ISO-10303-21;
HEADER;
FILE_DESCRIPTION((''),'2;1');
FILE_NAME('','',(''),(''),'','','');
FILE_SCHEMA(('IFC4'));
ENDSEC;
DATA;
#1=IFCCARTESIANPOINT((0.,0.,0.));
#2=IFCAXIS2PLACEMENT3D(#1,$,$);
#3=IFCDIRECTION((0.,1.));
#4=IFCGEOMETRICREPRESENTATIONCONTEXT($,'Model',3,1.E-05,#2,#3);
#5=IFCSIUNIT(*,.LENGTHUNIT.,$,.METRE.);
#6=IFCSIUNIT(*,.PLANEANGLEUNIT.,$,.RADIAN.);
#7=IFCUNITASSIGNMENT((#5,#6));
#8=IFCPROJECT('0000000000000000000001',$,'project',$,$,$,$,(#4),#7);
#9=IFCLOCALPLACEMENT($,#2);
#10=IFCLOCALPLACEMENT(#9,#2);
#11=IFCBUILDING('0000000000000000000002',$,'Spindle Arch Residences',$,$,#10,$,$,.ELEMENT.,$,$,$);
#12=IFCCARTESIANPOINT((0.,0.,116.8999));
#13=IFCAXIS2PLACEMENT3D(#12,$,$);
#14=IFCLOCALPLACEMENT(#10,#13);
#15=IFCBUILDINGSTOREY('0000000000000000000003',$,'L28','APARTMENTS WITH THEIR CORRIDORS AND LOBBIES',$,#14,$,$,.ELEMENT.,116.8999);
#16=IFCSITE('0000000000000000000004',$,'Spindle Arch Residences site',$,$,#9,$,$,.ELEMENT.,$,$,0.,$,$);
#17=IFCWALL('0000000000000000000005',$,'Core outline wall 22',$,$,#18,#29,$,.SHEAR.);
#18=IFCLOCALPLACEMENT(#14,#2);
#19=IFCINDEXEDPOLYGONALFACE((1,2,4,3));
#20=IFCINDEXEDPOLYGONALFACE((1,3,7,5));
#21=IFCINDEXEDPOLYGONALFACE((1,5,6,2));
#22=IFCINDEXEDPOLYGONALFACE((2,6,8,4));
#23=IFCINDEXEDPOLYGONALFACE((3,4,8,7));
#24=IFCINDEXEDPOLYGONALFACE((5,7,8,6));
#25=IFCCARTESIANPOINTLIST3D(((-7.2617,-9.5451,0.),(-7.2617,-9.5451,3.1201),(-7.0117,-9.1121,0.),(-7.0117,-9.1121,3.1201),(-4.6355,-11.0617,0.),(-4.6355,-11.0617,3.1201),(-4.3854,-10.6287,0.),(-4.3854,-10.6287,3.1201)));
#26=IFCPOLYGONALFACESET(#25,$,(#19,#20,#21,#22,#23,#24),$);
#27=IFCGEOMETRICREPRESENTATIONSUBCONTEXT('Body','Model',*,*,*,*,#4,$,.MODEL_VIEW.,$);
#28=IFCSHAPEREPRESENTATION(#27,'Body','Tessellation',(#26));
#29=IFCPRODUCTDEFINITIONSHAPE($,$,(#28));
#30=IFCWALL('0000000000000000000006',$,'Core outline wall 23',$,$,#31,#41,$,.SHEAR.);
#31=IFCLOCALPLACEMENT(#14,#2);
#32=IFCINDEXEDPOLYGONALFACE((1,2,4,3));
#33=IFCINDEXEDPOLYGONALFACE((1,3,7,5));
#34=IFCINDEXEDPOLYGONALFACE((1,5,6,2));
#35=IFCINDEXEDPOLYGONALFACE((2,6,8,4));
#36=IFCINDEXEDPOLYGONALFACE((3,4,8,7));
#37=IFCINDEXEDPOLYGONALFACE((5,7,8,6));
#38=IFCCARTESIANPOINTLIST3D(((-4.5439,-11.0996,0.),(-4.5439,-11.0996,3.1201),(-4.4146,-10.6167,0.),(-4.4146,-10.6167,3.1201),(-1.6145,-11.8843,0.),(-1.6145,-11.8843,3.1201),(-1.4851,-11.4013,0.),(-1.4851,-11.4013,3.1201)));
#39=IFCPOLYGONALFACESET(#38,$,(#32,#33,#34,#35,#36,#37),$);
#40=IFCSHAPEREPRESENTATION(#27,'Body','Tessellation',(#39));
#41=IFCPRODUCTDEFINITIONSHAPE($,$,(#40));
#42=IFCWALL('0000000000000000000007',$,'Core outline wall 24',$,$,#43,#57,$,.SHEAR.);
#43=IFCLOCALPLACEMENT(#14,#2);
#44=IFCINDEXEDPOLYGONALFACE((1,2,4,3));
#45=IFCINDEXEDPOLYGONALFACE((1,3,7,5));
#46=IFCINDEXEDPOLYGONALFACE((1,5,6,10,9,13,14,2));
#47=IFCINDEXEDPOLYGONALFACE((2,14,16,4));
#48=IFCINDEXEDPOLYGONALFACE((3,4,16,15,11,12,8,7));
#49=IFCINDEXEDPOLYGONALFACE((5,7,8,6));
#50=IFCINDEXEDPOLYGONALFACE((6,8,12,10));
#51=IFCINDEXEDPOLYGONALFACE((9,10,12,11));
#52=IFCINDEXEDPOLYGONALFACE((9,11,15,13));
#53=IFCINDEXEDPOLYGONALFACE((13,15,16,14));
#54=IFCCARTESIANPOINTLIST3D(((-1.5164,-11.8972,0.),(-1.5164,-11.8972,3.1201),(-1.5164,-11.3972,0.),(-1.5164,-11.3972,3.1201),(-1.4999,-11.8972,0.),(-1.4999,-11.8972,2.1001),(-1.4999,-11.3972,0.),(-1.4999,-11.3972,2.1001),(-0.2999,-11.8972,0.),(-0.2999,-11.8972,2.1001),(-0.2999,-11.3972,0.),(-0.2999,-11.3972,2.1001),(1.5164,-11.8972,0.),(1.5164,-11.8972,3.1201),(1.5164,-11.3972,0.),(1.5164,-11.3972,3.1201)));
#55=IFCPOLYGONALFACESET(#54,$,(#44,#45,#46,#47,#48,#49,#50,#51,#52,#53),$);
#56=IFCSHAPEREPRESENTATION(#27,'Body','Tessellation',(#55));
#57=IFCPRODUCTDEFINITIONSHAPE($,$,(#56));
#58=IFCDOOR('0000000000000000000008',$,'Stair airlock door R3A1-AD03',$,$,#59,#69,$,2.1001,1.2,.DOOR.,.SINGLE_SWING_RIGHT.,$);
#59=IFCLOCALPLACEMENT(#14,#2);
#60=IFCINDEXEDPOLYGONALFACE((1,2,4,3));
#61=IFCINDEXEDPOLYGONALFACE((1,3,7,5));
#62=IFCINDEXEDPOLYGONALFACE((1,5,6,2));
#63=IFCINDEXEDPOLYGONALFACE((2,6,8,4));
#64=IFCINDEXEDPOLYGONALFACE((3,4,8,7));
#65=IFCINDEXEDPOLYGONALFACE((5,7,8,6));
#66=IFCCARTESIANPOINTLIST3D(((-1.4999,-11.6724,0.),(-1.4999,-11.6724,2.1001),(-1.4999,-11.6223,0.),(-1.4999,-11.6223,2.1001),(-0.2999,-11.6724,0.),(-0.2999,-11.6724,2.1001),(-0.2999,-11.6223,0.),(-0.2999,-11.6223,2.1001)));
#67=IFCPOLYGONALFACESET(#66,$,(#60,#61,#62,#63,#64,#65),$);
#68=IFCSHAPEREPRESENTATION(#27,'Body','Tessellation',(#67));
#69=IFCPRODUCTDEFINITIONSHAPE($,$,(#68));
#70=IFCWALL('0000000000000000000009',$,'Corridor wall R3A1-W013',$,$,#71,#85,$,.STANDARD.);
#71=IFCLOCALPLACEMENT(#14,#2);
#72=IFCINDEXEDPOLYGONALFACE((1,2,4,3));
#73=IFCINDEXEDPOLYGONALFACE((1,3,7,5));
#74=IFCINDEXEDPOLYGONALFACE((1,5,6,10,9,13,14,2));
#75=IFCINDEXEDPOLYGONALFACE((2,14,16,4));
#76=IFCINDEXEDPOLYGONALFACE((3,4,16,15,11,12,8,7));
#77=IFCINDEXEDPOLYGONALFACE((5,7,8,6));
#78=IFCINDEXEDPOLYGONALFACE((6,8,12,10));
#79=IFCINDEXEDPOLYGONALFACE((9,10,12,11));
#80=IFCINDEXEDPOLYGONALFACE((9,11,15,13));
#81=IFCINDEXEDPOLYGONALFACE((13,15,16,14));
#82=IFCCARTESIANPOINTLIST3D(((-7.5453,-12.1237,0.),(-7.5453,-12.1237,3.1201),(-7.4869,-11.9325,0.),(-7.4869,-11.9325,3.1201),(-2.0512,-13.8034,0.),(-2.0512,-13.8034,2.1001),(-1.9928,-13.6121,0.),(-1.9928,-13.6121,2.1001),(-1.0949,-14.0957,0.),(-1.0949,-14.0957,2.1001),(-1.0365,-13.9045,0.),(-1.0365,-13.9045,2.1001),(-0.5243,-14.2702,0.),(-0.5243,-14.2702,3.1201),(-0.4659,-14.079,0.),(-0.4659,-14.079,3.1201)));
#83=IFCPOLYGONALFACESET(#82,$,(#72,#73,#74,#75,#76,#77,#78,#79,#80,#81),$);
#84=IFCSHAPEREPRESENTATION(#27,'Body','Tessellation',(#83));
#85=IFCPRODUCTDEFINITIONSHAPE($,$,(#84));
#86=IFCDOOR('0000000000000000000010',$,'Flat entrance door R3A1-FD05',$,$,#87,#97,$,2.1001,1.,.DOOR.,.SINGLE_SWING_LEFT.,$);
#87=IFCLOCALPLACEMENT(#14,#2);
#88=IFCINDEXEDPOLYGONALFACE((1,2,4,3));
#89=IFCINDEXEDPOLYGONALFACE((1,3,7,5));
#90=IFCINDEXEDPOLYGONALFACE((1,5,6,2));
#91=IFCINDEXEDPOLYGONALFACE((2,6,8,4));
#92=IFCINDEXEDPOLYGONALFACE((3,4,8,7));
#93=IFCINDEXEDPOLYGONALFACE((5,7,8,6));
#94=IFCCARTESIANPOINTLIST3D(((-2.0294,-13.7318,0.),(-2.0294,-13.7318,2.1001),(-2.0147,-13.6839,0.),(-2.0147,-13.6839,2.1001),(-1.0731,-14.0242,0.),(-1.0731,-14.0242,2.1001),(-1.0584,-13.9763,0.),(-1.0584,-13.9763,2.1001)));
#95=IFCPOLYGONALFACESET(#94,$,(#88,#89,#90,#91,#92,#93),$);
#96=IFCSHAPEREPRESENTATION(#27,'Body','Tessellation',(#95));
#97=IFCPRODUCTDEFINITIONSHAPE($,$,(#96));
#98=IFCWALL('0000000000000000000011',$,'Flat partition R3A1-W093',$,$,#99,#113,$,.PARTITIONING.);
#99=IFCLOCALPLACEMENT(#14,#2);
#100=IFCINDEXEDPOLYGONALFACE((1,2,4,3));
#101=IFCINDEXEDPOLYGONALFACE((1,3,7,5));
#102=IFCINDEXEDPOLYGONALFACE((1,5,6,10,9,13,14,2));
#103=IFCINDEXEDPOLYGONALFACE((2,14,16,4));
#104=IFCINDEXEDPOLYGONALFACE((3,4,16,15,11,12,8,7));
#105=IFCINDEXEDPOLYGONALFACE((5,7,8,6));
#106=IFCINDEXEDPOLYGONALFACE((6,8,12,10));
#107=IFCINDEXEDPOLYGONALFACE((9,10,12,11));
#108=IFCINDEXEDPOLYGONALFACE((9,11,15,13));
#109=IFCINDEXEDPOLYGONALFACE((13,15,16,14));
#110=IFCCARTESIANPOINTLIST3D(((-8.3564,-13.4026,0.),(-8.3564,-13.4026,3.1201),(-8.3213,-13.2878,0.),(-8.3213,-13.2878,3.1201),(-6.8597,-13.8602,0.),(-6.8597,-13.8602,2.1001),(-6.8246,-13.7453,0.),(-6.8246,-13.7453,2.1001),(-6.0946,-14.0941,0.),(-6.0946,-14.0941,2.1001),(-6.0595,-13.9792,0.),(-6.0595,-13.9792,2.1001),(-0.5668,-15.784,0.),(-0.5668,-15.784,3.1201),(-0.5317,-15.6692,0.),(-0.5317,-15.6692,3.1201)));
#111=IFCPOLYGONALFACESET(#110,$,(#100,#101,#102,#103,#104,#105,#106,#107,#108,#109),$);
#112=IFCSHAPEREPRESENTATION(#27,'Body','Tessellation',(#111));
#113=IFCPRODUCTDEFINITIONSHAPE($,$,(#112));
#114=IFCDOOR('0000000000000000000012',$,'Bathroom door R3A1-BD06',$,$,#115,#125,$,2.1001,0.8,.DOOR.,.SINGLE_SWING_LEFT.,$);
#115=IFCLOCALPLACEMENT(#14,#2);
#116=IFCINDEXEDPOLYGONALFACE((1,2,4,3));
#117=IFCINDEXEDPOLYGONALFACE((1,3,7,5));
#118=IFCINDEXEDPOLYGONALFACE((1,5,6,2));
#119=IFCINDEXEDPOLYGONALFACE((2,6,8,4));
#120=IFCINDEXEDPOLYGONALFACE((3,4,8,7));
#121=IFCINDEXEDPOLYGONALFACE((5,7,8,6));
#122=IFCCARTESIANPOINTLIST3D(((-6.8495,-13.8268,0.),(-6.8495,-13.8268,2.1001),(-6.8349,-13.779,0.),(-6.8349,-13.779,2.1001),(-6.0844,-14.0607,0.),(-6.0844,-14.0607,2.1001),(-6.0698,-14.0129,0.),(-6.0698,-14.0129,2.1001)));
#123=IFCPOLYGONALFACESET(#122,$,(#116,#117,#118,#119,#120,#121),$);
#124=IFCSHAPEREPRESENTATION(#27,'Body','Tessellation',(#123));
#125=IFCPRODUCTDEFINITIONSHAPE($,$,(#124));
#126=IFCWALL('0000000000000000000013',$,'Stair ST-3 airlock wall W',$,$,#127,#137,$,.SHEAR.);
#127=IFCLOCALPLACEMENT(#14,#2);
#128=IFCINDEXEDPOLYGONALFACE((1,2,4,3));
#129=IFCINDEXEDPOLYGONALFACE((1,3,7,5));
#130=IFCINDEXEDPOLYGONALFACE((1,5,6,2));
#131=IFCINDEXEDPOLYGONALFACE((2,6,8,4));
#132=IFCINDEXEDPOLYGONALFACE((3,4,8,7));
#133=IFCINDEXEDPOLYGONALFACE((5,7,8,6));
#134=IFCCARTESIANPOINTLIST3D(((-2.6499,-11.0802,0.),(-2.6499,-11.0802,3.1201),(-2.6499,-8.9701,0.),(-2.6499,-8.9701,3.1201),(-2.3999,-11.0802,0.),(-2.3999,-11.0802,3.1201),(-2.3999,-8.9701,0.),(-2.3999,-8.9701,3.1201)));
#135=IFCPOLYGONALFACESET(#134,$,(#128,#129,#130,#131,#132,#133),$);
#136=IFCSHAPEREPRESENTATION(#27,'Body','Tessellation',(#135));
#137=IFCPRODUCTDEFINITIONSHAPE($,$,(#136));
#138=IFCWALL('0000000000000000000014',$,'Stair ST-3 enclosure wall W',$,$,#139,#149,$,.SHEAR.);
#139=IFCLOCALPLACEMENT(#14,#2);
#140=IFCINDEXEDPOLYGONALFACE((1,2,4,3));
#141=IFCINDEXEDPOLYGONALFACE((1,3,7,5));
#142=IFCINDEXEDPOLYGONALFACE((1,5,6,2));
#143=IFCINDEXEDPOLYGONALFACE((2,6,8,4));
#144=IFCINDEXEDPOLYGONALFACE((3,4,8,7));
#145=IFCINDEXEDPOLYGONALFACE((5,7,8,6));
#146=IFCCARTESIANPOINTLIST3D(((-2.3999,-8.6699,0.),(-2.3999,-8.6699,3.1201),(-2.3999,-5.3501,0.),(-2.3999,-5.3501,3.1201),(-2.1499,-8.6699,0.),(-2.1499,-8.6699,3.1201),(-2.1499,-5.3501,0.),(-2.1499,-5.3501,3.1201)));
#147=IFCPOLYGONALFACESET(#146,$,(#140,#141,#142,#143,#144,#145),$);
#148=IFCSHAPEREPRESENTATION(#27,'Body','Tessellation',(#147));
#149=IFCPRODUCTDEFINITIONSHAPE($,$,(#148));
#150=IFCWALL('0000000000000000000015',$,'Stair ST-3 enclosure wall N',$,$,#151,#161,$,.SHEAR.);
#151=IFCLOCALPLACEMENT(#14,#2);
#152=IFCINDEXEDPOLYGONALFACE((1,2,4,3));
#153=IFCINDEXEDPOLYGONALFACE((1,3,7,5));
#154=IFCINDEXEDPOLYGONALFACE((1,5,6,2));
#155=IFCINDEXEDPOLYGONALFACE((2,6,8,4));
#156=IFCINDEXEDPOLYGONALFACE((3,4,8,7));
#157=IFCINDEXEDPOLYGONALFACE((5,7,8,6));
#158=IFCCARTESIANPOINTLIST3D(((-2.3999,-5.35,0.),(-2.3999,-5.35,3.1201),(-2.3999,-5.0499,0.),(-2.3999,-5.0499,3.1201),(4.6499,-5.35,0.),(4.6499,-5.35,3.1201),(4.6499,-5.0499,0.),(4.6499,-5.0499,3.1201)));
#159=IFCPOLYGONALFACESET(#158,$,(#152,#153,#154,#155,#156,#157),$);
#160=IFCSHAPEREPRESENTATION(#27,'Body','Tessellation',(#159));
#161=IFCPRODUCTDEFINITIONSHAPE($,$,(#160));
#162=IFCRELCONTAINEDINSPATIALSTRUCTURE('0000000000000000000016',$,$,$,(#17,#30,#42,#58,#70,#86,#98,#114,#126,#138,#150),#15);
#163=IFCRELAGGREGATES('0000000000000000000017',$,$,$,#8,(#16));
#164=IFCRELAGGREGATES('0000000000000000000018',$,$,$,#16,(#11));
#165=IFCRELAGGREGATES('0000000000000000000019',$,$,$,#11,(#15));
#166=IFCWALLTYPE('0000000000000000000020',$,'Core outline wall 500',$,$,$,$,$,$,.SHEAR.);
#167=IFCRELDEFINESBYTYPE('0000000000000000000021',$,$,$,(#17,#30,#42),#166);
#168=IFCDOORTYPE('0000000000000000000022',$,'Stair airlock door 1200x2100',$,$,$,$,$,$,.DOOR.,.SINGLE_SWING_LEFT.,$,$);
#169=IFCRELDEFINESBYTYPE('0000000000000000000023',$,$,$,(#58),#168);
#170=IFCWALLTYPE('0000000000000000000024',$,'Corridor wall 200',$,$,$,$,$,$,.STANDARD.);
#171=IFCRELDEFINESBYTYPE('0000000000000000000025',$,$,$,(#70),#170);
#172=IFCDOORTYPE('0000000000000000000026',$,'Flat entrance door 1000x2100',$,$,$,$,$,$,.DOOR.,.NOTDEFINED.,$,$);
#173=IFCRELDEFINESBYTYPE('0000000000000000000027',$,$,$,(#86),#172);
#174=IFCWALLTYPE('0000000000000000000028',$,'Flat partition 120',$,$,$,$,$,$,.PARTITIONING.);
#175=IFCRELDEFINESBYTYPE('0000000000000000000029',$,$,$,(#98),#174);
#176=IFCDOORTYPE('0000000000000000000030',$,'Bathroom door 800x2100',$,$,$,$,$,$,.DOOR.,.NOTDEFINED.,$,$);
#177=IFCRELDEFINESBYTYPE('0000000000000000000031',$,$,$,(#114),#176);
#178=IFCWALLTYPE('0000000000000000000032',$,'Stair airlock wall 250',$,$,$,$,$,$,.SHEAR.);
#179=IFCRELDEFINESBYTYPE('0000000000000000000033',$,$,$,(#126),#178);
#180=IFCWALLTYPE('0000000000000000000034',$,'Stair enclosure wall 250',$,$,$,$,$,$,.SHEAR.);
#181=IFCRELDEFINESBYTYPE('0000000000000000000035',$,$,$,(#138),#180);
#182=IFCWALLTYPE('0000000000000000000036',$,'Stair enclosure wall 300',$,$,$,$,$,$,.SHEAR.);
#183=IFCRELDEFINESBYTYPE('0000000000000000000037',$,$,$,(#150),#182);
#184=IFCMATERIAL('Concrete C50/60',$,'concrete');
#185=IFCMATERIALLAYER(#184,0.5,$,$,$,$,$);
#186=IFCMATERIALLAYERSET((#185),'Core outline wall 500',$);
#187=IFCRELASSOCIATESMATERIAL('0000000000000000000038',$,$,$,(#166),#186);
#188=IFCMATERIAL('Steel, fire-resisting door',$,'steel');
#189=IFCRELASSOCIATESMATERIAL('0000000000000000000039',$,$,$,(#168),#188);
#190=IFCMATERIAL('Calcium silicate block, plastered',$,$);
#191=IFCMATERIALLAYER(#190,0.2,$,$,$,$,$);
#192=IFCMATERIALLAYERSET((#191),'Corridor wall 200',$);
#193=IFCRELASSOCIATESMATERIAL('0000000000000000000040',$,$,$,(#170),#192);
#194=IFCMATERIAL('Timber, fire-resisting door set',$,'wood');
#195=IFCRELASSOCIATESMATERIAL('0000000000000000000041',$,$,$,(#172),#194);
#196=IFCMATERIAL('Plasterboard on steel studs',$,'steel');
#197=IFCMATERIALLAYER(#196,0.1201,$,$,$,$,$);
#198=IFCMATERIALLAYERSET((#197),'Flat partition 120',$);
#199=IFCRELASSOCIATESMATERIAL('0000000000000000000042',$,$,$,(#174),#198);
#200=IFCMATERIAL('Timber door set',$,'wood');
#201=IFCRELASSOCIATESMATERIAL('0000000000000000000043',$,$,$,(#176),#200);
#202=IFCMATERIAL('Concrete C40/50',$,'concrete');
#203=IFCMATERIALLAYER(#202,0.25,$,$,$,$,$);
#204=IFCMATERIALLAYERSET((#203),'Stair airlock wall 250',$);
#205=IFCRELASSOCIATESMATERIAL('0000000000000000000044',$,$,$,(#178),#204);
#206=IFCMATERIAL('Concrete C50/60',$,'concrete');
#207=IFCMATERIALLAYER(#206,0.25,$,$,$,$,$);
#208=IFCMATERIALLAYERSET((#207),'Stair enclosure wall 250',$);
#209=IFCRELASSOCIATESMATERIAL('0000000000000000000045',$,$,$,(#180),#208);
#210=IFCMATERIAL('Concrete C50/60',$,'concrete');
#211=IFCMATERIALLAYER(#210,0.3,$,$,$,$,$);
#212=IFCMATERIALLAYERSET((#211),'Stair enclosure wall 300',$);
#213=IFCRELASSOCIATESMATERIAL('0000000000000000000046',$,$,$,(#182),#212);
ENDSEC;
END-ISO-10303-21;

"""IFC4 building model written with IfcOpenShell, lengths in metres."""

from ifc_helpers import new_model, si_unit, direction, frame, frame_2d, origin, place, context, subcontext, project, spatial, rectangle, extrude, material, layer, layer_set, type_object, element, fill, save


model = new_model("IFC4")

# Units and contexts
model_context = context("Model", 3, precision=1e-05, world=origin(), true_north=direction((0.0, 1.0)))
body_context = subcontext(model_context, "Body", "Model", "MODEL_VIEW")
ifc_project = project(units=[si_unit("LENGTHUNIT", "METRE"), si_unit("PLANEANGLEUNIT", "RADIAN")], contexts=[model_context])

# Site, building, storey
site_placement = place(None, origin())
site = spatial("IfcSite", under=ifc_project, at=site_placement, Name="Spindle Arch Residences site", CompositionType="ELEMENT", RefElevation=0.0)
building_placement = place(site_placement, origin())
building = spatial("IfcBuilding", under=site, at=building_placement, Name="Spindle Arch Residences", CompositionType="ELEMENT")
storey_placement = place(building_placement, frame((0.0, 0.0, 116.8999)))
storey = spatial("IfcBuildingStorey", under=building, at=storey_placement, Name="L28", Description="APARTMENTS WITH THEIR CORRIDORS AND LOBBIES", CompositionType="ELEMENT", Elevation=116.8999)

# Walls
ifc_material_1 = material(Name="Concrete C50/60", Category="concrete")
ifc_layer_1 = layer(ifc_material_1, 0.5)
ifc_layer_set_1 = layer_set([ifc_layer_1], Name="Core outline wall 500")
wall_type_1 = type_object("IfcWallType", Name="Core outline wall 500", PredefinedType="SHEAR", material=ifc_layer_set_1)
for number, where, z_axis, x_axis, name in (
    (1, (-7.1367, -9.3286, 0.0), (0.0, 0.0, 1.0), (0.865975, -0.500087, 0.0), "Core outline wall 22"),
    (2, (-4.4792, -10.8582, 0.0), (0.0, 0.0, 1.0), (0.965948, -0.258735, 0.0), "Core outline wall 23"),
):
    element("IfcWall", number, at=place(storey_placement, frame(where, z_axis=z_axis, x_axis=x_axis)), inside=storey, type_object=wall_type_1, Name=name, PredefinedType="SHEAR", context=body_context, shape_type="SweptSolid", body=[
        extrude(rectangle(XDim=3.0327, YDim=0.5, at=frame_2d((1.5164, 0.0))), origin(), (0.0, 0.0, 1.0), 3.1201),
    ])

# Walls, openings, doors
wall_1_placement = place(storey_placement, frame((-1.5164, -11.6472, 0.0), z_axis=(0.0, 0.0, 1.0), x_axis=(1.0, 0.0, 0.0)))
wall_1 = element("IfcWall", 3, at=wall_1_placement, inside=storey, type_object=wall_type_1, Name="Core outline wall 24", PredefinedType="SHEAR", context=body_context, shape_type="SweptSolid", body=[
    extrude(rectangle(XDim=3.0327, YDim=0.5, at=frame_2d((1.5164, 0.0))), origin(), (0.0, 0.0, 1.0), 3.1201),
])
opening_1_placement = place(wall_1_placement, frame((0.0164, 0.0, 0.0)))
opening_1 = element("IfcOpeningElement", 4, at=opening_1_placement, cuts=wall_1, PredefinedType="OPENING", context=body_context, shape_type="SweptSolid", body=[
    extrude(rectangle(XDim=1.2, YDim=2.1001, at=frame_2d((0.6001, 1.05))), frame((0.0, 0.26, 0.0), z_axis=(0.0, -1.0, 0.0), x_axis=(1.0, 0.0, 0.0)), (0.0, 0.0, 1.0), 0.52),
])
ifc_material_2 = material(Name="Steel, fire-resisting door", Category="steel")
door_type_1 = type_object("IfcDoorType", Name="Stair airlock door 1200x2100", OperationType="SINGLE_SWING_LEFT", PredefinedType="DOOR", material=ifc_material_2)
door_1_placement = place(opening_1_placement, origin())
door_1 = element("IfcDoor", 5, at=door_1_placement, inside=storey, type_object=door_type_1, Name="Stair airlock door R3A1-AD03", OperationType="SINGLE_SWING_RIGHT", OverallHeight=2.1001, OverallWidth=1.2, PredefinedType="DOOR", context=body_context, shape_type="SweptSolid", body=[
    extrude(rectangle(XDim=1.2, YDim=2.1001, at=frame_2d((0.6001, 1.05))), frame((0.0, 0.0249, 0.0), z_axis=(0.0, -1.0, 0.0), x_axis=(1.0, 0.0, 0.0)), (0.0, 0.0, 1.0), 0.05),
])
fill(opening_1, door_1)
ifc_material_3 = material(Name="Calcium silicate block, plastered")
ifc_layer_2 = layer(ifc_material_3, 0.2)
ifc_layer_set_2 = layer_set([ifc_layer_2], Name="Corridor wall 200")
wall_type_2 = type_object("IfcWallType", Name="Corridor wall 200", PredefinedType="STANDARD", material=ifc_layer_set_2)
wall_2_placement = place(storey_placement, frame((-7.5161, -12.0281, 0.0), z_axis=(0.0, 0.0, 1.0), x_axis=(0.956307, -0.292366, 0.0)))
wall_2 = element("IfcWall", 6, at=wall_2_placement, inside=storey, type_object=wall_type_2, Name="Corridor wall R3A1-W013", PredefinedType="STANDARD", context=body_context, shape_type="SweptSolid", body=[
    extrude(rectangle(XDim=7.3418, YDim=0.2, at=frame_2d((3.6709, 0.0))), origin(), (0.0, 0.0, 1.0), 3.1201),
])
opening_2_placement = place(wall_2_placement, frame((5.7451, 0.0, 0.0)))
opening_2 = element("IfcOpeningElement", 7, at=opening_2_placement, cuts=wall_2, PredefinedType="OPENING", context=body_context, shape_type="SweptSolid", body=[
    extrude(rectangle(XDim=1.0, YDim=2.1001, at=frame_2d((0.5, 1.05))), frame((0.0, 0.1099, 0.0), z_axis=(0.0, -1.0, 0.0), x_axis=(1.0, 0.0, 0.0)), (0.0, 0.0, 1.0), 0.22),
])
ifc_material_4 = material(Name="Timber, fire-resisting door set", Category="wood")
door_type_2 = type_object("IfcDoorType", Name="Flat entrance door 1000x2100", OperationType="NOTDEFINED", PredefinedType="DOOR", material=ifc_material_4)
door_2_placement = place(opening_2_placement, origin())
door_2 = element("IfcDoor", 8, at=door_2_placement, inside=storey, type_object=door_type_2, Name="Flat entrance door R3A1-FD05", OperationType="SINGLE_SWING_LEFT", OverallHeight=2.1001, OverallWidth=1.0, PredefinedType="DOOR", context=body_context, shape_type="SweptSolid", body=[
    extrude(rectangle(XDim=1.0, YDim=2.1001, at=frame_2d((0.5, 1.05))), frame((0.0, 0.0249, 0.0), z_axis=(0.0, -1.0, 0.0), x_axis=(1.0, 0.0, 0.0)), (0.0, 0.0, 1.0), 0.05),
])
fill(opening_2, door_2)
ifc_material_5 = material(Name="Plasterboard on steel studs", Category="steel")
ifc_layer_3 = layer(ifc_material_5, 0.1201)
ifc_layer_set_3 = layer_set([ifc_layer_3], Name="Flat partition 120")
wall_type_3 = type_object("IfcWallType", Name="Flat partition 120", PredefinedType="PARTITIONING", material=ifc_layer_set_3)
wall_3_placement = place(storey_placement, frame((-8.3389, -13.3452, 0.0), z_axis=(0.0, 0.0, 1.0), x_axis=(0.95631, -0.292354, 0.0)))
wall_3 = element("IfcWall", 9, at=wall_3_placement, inside=storey, type_object=wall_type_3, Name="Flat partition R3A1-W093", PredefinedType="PARTITIONING", context=body_context, shape_type="SweptSolid", body=[
    extrude(rectangle(XDim=8.1455, YDim=0.1201, at=frame_2d((4.0728, 0.0))), origin(), (0.0, 0.0, 1.0), 3.1201),
])
opening_3_placement = place(wall_3_placement, frame((1.5652, 0.0, 0.0)))
opening_3 = element("IfcOpeningElement", 10, at=opening_3_placement, cuts=wall_3, PredefinedType="OPENING", context=body_context, shape_type="SweptSolid", body=[
    extrude(rectangle(XDim=0.8, YDim=2.1001, at=frame_2d((0.3999, 1.05))), frame((0.0, 0.0701, 0.0), z_axis=(0.0, -1.0, 0.0), x_axis=(1.0, 0.0, 0.0)), (0.0, 0.0, 1.0), 0.1401),
])
ifc_material_6 = material(Name="Timber door set", Category="wood")
door_type_3 = type_object("IfcDoorType", Name="Bathroom door 800x2100", OperationType="NOTDEFINED", PredefinedType="DOOR", material=ifc_material_6)
door_3_placement = place(opening_3_placement, origin())
door_3 = element("IfcDoor", 11, at=door_3_placement, inside=storey, type_object=door_type_3, Name="Bathroom door R3A1-BD06", OperationType="SINGLE_SWING_LEFT", OverallHeight=2.1001, OverallWidth=0.8, PredefinedType="DOOR", context=body_context, shape_type="SweptSolid", body=[
    extrude(rectangle(XDim=0.8, YDim=2.1001, at=frame_2d((0.3999, 1.05))), frame((0.0, 0.0249, 0.0), z_axis=(0.0, -1.0, 0.0), x_axis=(1.0, 0.0, 0.0)), (0.0, 0.0, 1.0), 0.05),
])
fill(opening_3, door_3)

# Walls
ifc_material_7 = material(Name="Concrete C40/50", Category="concrete")
ifc_layer_4 = layer(ifc_material_7, 0.25)
ifc_layer_set_4 = layer_set([ifc_layer_4], Name="Stair airlock wall 250")
wall_type_4 = type_object("IfcWallType", Name="Stair airlock wall 250", PredefinedType="SHEAR", material=ifc_layer_set_4)
wall_4_placement = place(storey_placement, frame((-2.5249, -8.97, 0.0), z_axis=(0.0, 0.0, 1.0), x_axis=(0.0, -1.0, 0.0)))
element("IfcWall", 12, at=wall_4_placement, inside=storey, type_object=wall_type_4, Name="Stair ST-3 airlock wall W", PredefinedType="SHEAR", context=body_context, shape_type="SweptSolid", body=[
    extrude(rectangle(XDim=2.1101, YDim=0.25, at=frame_2d((1.0552, 0.0))), origin(), (0.0, 0.0, 1.0), 3.1201),
])
ifc_material_8 = material(Name="Concrete C50/60", Category="concrete")
ifc_layer_5 = layer(ifc_material_8, 0.25)
ifc_layer_set_5 = layer_set([ifc_layer_5], Name="Stair enclosure wall 250")
wall_type_5 = type_object("IfcWallType", Name="Stair enclosure wall 250", PredefinedType="SHEAR", material=ifc_layer_set_5)
wall_5_placement = place(storey_placement, frame((-2.2749, -8.6699, 0.0), z_axis=(0.0, 0.0, 1.0), x_axis=(0.0, 1.0, 0.0)))
element("IfcWall", 13, at=wall_5_placement, inside=storey, type_object=wall_type_5, Name="Stair ST-3 enclosure wall W", PredefinedType="SHEAR", context=body_context, shape_type="SweptSolid", body=[
    extrude(rectangle(XDim=3.3198, YDim=0.25, at=frame_2d((1.6599, 0.0))), origin(), (0.0, 0.0, 1.0), 3.1201),
])
ifc_material_9 = material(Name="Concrete C50/60", Category="concrete")
ifc_layer_6 = layer(ifc_material_9, 0.3)
ifc_layer_set_6 = layer_set([ifc_layer_6], Name="Stair enclosure wall 300")
wall_type_6 = type_object("IfcWallType", Name="Stair enclosure wall 300", PredefinedType="SHEAR", material=ifc_layer_set_6)
wall_6_placement = place(storey_placement, frame((-2.3999, -5.2, 0.0), z_axis=(0.0, 0.0, 1.0), x_axis=(1.0, 0.0, 0.0)))
element("IfcWall", 14, at=wall_6_placement, inside=storey, type_object=wall_type_6, Name="Stair ST-3 enclosure wall N", PredefinedType="SHEAR", context=body_context, shape_type="SweptSolid", body=[
    extrude(rectangle(XDim=7.0498, YDim=0.3, at=frame_2d((3.5249, 0.0))), origin(), (0.0, 0.0, 1.0), 3.1201),
])

save(model, "model.ifc")
